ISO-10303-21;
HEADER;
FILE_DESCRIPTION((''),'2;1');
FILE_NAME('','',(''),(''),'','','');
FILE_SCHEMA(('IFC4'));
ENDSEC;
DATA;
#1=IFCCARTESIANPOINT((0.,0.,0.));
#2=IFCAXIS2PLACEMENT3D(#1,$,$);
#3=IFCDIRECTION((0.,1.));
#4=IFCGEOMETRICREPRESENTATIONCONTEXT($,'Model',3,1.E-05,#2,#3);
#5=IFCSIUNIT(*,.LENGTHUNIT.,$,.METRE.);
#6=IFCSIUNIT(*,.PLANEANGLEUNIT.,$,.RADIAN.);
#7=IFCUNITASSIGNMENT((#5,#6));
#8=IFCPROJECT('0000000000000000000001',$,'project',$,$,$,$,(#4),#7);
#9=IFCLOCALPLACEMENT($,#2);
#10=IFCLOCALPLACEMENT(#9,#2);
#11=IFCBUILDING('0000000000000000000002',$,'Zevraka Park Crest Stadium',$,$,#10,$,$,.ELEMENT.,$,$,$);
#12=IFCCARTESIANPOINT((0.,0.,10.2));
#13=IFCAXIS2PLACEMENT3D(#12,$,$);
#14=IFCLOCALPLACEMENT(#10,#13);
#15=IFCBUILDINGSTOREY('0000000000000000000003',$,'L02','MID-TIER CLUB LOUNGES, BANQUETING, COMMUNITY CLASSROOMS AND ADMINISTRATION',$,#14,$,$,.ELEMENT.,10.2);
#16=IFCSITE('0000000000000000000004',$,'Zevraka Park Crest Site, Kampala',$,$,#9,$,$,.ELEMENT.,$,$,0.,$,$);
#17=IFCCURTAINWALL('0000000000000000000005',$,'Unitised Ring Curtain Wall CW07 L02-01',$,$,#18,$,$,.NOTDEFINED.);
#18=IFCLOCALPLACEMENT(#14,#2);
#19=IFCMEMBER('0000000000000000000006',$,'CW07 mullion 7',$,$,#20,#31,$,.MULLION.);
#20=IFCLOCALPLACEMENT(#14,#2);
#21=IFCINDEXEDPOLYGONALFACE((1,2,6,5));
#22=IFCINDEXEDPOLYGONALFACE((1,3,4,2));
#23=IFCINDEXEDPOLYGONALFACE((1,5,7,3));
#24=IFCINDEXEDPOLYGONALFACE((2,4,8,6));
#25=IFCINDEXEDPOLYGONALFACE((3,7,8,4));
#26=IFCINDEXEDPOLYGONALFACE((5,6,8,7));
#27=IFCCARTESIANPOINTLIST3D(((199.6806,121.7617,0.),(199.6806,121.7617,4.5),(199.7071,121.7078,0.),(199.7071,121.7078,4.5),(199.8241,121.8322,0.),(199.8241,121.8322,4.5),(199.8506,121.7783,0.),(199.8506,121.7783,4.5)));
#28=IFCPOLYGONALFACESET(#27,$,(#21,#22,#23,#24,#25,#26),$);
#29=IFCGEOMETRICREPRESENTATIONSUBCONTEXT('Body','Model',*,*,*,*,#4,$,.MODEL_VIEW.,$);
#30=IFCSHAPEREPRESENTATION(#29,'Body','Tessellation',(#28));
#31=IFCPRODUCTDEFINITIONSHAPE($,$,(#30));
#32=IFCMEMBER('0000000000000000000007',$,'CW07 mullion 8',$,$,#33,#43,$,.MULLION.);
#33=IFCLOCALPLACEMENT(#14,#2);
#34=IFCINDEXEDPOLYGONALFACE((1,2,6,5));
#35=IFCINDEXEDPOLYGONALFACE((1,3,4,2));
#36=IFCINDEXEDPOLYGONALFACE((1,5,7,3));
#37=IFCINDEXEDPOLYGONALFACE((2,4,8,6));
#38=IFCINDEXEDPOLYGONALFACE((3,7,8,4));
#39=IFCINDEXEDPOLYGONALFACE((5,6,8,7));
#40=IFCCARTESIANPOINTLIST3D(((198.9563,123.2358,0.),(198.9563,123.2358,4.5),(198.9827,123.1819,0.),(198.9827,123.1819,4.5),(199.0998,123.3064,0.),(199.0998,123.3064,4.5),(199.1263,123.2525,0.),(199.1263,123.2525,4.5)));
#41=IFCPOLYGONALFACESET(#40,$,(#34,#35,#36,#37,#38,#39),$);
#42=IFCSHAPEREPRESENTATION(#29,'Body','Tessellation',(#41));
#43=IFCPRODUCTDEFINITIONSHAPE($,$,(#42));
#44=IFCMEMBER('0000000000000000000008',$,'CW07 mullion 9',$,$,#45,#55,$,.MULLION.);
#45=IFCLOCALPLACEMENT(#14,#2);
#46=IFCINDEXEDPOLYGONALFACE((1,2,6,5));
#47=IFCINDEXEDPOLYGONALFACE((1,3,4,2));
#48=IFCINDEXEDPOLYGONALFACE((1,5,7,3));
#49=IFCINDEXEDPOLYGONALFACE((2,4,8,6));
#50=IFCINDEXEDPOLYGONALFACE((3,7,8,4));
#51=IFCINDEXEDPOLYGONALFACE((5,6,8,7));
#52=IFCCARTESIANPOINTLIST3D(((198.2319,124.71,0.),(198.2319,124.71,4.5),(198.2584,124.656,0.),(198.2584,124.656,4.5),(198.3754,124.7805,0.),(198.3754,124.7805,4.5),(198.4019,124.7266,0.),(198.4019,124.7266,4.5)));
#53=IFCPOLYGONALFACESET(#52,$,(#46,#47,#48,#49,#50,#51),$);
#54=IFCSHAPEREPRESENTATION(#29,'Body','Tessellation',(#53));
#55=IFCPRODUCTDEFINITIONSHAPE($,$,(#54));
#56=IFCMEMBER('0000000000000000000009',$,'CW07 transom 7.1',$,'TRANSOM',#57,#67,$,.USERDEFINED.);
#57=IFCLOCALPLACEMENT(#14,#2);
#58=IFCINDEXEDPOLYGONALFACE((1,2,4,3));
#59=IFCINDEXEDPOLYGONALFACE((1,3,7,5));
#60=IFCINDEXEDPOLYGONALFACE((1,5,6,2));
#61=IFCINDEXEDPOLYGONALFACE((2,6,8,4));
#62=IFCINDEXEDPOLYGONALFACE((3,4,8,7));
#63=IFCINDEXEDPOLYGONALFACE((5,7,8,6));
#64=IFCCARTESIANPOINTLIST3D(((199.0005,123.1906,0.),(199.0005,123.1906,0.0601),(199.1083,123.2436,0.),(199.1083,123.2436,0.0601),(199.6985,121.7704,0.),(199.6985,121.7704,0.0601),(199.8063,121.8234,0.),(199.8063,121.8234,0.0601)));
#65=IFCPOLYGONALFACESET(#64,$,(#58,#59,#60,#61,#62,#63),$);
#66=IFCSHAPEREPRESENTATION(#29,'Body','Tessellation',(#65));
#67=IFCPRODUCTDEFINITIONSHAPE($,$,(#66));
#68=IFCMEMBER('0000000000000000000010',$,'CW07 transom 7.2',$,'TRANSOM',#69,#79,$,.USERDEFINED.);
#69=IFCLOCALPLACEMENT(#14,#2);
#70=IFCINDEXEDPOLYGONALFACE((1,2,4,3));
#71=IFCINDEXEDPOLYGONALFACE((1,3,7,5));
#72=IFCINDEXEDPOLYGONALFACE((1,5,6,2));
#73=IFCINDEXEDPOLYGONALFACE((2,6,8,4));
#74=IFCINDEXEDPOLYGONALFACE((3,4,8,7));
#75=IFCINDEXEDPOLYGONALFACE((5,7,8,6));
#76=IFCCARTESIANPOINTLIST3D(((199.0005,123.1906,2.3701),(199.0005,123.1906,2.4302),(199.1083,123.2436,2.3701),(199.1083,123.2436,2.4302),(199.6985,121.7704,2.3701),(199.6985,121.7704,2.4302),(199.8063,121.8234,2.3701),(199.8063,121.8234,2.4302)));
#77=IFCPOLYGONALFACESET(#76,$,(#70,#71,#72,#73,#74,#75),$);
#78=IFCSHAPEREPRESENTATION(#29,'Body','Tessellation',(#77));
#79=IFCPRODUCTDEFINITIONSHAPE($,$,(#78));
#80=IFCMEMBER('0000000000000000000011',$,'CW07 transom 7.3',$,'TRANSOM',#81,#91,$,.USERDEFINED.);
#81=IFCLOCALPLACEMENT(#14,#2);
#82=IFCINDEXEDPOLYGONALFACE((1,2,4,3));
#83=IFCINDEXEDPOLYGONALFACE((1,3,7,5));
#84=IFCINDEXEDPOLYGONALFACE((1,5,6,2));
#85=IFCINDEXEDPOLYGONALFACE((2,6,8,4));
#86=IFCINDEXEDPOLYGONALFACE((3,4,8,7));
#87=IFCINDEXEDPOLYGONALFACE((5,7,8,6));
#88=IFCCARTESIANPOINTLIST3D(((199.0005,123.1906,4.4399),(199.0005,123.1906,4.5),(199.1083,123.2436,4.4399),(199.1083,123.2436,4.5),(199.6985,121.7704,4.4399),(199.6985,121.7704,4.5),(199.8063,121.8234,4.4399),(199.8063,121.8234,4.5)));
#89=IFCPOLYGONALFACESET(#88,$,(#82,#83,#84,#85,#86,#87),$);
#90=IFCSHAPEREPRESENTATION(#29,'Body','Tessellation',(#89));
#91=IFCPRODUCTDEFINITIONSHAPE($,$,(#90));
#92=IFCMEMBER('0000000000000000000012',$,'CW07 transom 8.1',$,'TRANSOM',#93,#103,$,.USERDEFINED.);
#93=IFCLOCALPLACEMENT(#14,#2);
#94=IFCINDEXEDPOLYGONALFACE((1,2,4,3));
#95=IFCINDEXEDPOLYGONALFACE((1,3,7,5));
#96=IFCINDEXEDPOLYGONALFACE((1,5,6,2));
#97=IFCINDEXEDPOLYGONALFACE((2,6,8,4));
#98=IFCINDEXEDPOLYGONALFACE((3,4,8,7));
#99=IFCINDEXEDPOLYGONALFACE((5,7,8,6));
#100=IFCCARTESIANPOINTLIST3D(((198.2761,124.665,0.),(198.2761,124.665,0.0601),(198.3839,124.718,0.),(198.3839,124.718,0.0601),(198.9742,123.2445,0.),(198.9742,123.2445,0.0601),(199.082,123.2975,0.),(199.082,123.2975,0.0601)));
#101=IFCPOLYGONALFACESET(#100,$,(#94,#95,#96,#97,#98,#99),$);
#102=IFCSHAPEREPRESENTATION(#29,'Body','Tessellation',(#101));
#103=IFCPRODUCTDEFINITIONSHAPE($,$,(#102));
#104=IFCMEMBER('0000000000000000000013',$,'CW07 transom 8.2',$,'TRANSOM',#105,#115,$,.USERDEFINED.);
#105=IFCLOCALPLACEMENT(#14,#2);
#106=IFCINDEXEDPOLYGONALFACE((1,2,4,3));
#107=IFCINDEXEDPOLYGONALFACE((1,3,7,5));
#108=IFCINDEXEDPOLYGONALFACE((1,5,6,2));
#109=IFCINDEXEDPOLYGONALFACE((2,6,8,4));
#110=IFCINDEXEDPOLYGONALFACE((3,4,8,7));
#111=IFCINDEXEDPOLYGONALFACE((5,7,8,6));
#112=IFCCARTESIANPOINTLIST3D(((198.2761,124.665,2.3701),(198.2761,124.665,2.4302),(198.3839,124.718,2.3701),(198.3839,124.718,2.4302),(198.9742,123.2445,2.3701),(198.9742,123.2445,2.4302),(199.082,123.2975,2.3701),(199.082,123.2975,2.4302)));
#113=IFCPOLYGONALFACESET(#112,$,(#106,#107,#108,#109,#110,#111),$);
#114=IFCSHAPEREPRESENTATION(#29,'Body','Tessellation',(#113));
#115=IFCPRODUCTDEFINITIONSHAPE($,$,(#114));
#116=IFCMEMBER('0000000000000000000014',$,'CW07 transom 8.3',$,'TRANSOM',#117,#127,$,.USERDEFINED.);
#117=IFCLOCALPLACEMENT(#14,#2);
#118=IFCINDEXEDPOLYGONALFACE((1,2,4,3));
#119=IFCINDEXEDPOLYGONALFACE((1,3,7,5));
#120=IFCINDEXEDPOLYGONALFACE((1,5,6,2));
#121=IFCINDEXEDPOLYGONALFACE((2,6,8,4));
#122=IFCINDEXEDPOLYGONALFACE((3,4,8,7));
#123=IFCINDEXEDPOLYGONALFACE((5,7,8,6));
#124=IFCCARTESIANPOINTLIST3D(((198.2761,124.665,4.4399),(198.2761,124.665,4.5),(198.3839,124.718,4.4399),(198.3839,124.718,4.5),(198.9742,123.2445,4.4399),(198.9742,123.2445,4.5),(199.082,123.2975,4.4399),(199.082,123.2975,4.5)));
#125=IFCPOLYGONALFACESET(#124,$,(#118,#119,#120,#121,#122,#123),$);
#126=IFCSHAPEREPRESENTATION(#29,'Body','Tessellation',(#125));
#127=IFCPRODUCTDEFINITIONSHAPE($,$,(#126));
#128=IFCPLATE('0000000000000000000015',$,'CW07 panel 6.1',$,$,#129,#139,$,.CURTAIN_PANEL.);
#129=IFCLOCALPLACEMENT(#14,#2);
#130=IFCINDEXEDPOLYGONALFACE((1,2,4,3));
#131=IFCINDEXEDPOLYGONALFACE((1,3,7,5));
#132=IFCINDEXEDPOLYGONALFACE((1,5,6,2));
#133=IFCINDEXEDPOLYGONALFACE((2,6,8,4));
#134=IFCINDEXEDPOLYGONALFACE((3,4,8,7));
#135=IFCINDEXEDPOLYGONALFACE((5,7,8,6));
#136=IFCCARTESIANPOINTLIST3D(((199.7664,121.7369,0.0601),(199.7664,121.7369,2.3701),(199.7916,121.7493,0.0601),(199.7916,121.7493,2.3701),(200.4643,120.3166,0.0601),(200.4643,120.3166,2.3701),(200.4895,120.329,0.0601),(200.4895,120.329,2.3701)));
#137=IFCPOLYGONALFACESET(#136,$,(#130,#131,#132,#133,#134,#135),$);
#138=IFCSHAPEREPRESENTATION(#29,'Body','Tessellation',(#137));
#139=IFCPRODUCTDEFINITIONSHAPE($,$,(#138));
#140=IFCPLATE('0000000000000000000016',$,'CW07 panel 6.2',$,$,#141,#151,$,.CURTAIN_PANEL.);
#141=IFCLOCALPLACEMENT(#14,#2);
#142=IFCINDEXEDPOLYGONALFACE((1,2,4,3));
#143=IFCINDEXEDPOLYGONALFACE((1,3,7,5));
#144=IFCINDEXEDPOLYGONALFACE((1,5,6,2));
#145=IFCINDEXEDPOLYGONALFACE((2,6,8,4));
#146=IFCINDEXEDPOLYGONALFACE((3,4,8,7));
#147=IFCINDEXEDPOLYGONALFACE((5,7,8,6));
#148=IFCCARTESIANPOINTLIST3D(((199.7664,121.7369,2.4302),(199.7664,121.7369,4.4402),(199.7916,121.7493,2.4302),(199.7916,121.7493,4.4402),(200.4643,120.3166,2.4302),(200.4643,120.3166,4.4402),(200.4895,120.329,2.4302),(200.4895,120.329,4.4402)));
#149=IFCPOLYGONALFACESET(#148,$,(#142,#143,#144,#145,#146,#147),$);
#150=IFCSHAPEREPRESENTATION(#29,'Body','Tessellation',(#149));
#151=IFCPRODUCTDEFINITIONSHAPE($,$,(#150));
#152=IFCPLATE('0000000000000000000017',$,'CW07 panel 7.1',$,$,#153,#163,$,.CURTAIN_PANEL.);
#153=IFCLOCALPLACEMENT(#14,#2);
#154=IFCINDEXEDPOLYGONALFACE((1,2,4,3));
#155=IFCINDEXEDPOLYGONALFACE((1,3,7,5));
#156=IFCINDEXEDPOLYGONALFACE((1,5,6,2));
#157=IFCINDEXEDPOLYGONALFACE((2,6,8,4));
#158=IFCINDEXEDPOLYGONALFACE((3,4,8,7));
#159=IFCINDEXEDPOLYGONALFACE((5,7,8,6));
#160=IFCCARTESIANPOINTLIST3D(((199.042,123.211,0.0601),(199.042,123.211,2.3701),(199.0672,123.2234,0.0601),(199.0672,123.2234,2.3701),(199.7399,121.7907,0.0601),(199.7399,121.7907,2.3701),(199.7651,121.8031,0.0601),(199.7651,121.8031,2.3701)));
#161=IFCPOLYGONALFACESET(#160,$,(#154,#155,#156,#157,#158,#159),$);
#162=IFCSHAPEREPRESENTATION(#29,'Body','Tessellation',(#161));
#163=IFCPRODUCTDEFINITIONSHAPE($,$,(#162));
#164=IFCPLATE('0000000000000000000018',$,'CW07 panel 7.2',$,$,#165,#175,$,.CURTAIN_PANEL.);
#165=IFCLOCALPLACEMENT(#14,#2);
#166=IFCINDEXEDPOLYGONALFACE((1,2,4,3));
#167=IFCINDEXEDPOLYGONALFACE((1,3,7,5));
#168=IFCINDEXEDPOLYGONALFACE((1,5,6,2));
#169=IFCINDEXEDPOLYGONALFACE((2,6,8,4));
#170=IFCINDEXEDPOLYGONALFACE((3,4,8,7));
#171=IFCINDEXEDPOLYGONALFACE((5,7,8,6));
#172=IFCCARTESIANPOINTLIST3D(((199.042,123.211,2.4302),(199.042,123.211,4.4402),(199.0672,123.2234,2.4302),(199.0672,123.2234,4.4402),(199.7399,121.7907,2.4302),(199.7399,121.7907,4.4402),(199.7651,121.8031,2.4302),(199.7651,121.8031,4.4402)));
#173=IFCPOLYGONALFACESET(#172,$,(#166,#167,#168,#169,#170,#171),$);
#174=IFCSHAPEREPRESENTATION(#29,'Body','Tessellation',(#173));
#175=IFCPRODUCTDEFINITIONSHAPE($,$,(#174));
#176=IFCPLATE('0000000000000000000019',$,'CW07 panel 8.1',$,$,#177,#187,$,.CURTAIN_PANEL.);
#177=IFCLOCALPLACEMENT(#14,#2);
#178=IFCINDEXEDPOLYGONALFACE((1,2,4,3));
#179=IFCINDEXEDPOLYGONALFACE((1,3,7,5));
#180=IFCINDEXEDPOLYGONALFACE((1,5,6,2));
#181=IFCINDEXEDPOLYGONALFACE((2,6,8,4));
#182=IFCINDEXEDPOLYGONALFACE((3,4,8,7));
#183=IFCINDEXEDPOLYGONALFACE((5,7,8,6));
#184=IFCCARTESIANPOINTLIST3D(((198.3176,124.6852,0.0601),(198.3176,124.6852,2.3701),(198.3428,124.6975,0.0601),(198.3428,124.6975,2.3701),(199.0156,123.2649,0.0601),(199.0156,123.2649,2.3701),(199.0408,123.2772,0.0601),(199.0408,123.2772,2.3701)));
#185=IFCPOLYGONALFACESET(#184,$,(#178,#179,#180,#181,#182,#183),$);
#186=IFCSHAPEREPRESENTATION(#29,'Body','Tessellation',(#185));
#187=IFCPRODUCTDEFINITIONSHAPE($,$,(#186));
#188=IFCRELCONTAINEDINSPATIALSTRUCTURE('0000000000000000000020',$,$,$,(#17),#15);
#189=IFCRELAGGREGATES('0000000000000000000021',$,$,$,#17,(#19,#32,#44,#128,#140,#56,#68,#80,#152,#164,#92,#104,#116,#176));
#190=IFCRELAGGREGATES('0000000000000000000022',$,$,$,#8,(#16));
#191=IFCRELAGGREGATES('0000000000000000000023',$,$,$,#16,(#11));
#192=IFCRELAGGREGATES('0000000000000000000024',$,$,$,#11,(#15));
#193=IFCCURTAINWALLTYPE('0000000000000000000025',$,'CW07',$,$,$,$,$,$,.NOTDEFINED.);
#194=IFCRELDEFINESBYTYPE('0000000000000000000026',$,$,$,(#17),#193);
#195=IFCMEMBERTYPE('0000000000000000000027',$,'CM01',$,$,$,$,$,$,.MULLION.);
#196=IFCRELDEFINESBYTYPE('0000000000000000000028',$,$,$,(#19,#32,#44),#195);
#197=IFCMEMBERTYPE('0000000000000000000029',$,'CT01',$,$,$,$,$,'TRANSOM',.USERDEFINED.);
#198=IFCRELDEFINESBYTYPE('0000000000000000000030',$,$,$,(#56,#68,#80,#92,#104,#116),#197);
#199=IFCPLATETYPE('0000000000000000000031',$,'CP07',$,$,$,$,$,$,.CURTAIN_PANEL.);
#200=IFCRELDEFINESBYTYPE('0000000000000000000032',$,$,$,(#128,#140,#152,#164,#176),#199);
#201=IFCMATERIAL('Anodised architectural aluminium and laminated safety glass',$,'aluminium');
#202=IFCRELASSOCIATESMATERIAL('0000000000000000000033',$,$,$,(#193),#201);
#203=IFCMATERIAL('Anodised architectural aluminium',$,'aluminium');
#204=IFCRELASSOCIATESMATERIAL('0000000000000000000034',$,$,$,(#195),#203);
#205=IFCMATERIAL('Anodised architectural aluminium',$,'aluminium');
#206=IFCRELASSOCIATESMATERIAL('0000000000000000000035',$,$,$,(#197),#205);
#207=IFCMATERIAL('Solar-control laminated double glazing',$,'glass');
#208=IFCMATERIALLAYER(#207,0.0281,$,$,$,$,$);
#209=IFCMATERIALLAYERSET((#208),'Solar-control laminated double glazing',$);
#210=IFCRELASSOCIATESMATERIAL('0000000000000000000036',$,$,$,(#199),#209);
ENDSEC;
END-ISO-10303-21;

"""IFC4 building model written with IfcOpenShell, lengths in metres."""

from ifc_helpers import new_model, si_unit, direction, frame, origin, origin_2d, place, context, subcontext, project, spatial, rectangle, extrude, material, layer, layer_set, material_profile, profile_set, type_object, element, aggregate, save


model = new_model("IFC4")

# Units and contexts
model_context = context("Model", 3, precision=1e-05, world=origin(), true_north=direction((0.0, 1.0)))
body_context = subcontext(model_context, "Body", "Model", "MODEL_VIEW")
ifc_project = project(units=[si_unit("LENGTHUNIT", "METRE"), si_unit("PLANEANGLEUNIT", "RADIAN")], contexts=[model_context])

# Site, building, storey
site_placement = place(None, origin())
site = spatial("IfcSite", under=ifc_project, at=site_placement, Name="Zevraka Park Crest Site, Kampala", CompositionType="ELEMENT", RefElevation=0.0)
building_placement = place(site_placement, origin())
building = spatial("IfcBuilding", under=site, at=building_placement, Name="Zevraka Park Crest Stadium", CompositionType="ELEMENT")
storey_placement = place(building_placement, frame((0.0, 0.0, 10.2)))
storey = spatial("IfcBuildingStorey", under=building, at=storey_placement, Name="L02", Description="MID-TIER CLUB LOUNGES, BANQUETING, COMMUNITY CLASSROOMS AND ADMINISTRATION", CompositionType="ELEMENT", Elevation=10.2)

# Curtain wall, members, plates
ifc_material_1 = material(Name="Anodised architectural aluminium and laminated safety glass", Category="aluminium")
curtain_wall_type = type_object("IfcCurtainWallType", Name="CW07", PredefinedType="NOTDEFINED", material=ifc_material_1)
curtain_wall_placement = place(storey_placement, origin())
curtain_wall = element("IfcCurtainWall", 1, at=curtain_wall_placement, inside=storey, type_object=curtain_wall_type, Name="Unitised Ring Curtain Wall CW07 L02-01", PredefinedType="NOTDEFINED")
ifc_material_2 = material(Name="Anodised architectural aluminium", Category="aluminium")
ifc_material_profile_1 = material_profile(ifc_material_2, rectangle(XDim=0.1599, YDim=0.0601, at=origin_2d()), Name="ALU MULLION 160x60")
ifc_profile_set_1 = profile_set([ifc_material_profile_1], Name="Anodised architectural aluminium")
member_type_1 = type_object("IfcMemberType", Name="CM01", PredefinedType="MULLION", material=ifc_profile_set_1)
member_1_placement = place(storey_placement, frame((199.7656, 121.77, 0.0), z_axis=(0.0, 0.0, 1.0), x_axis=(-0.897497, -0.441021, 0.0)))
member_1 = element("IfcMember", 2, at=member_1_placement, type_object=member_type_1, Name="CW07 mullion 7", PredefinedType="MULLION", context=body_context, shape_type="SweptSolid", body=[
    extrude(rectangle(XDim=0.1599, YDim=0.0601, at=origin_2d()), origin(), (0.0, 0.0, 1.0), 4.5),
])
member_2_placement = place(storey_placement, frame((199.0413, 123.2441, 0.0), z_axis=(0.0, 0.0, 1.0), x_axis=(-0.897497, -0.441021, 0.0)))
member_2 = element("IfcMember", 3, at=member_2_placement, type_object=member_type_1, Name="CW07 mullion 8", PredefinedType="MULLION", context=body_context, shape_type="SweptSolid", body=[
    extrude(rectangle(XDim=0.1599, YDim=0.0601, at=origin_2d()), origin(), (0.0, 0.0, 1.0), 4.5),
])
member_3_placement = place(storey_placement, frame((198.3169, 124.7183, 0.0), z_axis=(0.0, 0.0, 1.0), x_axis=(-0.897497, -0.441021, 0.0)))
member_3 = element("IfcMember", 4, at=member_3_placement, type_object=member_type_1, Name="CW07 mullion 9", PredefinedType="MULLION", context=body_context, shape_type="SweptSolid", body=[
    extrude(rectangle(XDim=0.1599, YDim=0.0601, at=origin_2d()), origin(), (0.0, 0.0, 1.0), 4.5),
])
ifc_material_3 = material(Name="Anodised architectural aluminium", Category="aluminium")
ifc_material_profile_2 = material_profile(ifc_material_3, rectangle(XDim=0.1201, YDim=0.0601, at=origin_2d()), Name="ALU TRANSOM 120x60")
ifc_profile_set_2 = profile_set([ifc_material_profile_2], Name="Anodised architectural aluminium")
member_type_2 = type_object("IfcMemberType", Name="CT01", ElementType="TRANSOM", PredefinedType="USERDEFINED", material=ifc_profile_set_2)
member_4_placement = place(storey_placement, frame((199.7524, 121.7969, 0.03), z_axis=(-0.441094, 0.897461, 0.0), x_axis=(-0.897461, -0.441094, 0.0)))
member_4 = element("IfcMember", 5, at=member_4_placement, type_object=member_type_2, Name="CW07 transom 7.1", ObjectType="TRANSOM", PredefinedType="USERDEFINED", context=body_context, shape_type="SweptSolid", body=[
    extrude(rectangle(XDim=0.1201, YDim=0.0601, at=origin_2d()), origin(), (0.0, 0.0, 1.0), 1.5825),
])
member_5_placement = place(storey_placement, frame((199.7524, 121.7969, 2.4001), z_axis=(-0.441094, 0.897461, 0.0), x_axis=(-0.897461, -0.441094, 0.0)))
member_5 = element("IfcMember", 6, at=member_5_placement, type_object=member_type_2, Name="CW07 transom 7.2", ObjectType="TRANSOM", PredefinedType="USERDEFINED", context=body_context, shape_type="SweptSolid", body=[
    extrude(rectangle(XDim=0.1201, YDim=0.0601, at=origin_2d()), origin(), (0.0, 0.0, 1.0), 1.5825),
])
member_6_placement = place(storey_placement, frame((199.7524, 121.7969, 4.47), z_axis=(-0.441094, 0.897461, 0.0), x_axis=(-0.897461, -0.441094, 0.0)))
member_6 = element("IfcMember", 7, at=member_6_placement, type_object=member_type_2, Name="CW07 transom 7.3", ObjectType="TRANSOM", PredefinedType="USERDEFINED", context=body_context, shape_type="SweptSolid", body=[
    extrude(rectangle(XDim=0.1201, YDim=0.0601, at=origin_2d()), origin(), (0.0, 0.0, 1.0), 1.5825),
])
member_7_placement = place(storey_placement, frame((199.0281, 123.271, 0.03), z_axis=(-0.441033, 0.897491, 0.0), x_axis=(-0.897491, -0.441033, 0.0)))
member_7 = element("IfcMember", 8, at=member_7_placement, type_object=member_type_2, Name="CW07 transom 8.1", ObjectType="TRANSOM", PredefinedType="USERDEFINED", context=body_context, shape_type="SweptSolid", body=[
    extrude(rectangle(XDim=0.1201, YDim=0.0601, at=origin_2d()), origin(), (0.0, 0.0, 1.0), 1.5828),
])
member_8_placement = place(storey_placement, frame((199.0281, 123.271, 2.4001), z_axis=(-0.441033, 0.897491, 0.0), x_axis=(-0.897491, -0.441033, 0.0)))
member_8 = element("IfcMember", 9, at=member_8_placement, type_object=member_type_2, Name="CW07 transom 8.2", ObjectType="TRANSOM", PredefinedType="USERDEFINED", context=body_context, shape_type="SweptSolid", body=[
    extrude(rectangle(XDim=0.1201, YDim=0.0601, at=origin_2d()), origin(), (0.0, 0.0, 1.0), 1.5828),
])
member_9_placement = place(storey_placement, frame((199.0281, 123.271, 4.47), z_axis=(-0.441033, 0.897491, 0.0), x_axis=(-0.897491, -0.441033, 0.0)))
member_9 = element("IfcMember", 10, at=member_9_placement, type_object=member_type_2, Name="CW07 transom 8.3", ObjectType="TRANSOM", PredefinedType="USERDEFINED", context=body_context, shape_type="SweptSolid", body=[
    extrude(rectangle(XDim=0.1201, YDim=0.0601, at=origin_2d()), origin(), (0.0, 0.0, 1.0), 1.5828),
])
ifc_material_4 = material(Name="Solar-control laminated double glazing", Category="glass")
ifc_layer_1 = layer(ifc_material_4, 0.0281)
ifc_layer_set_1 = layer_set([ifc_layer_1], Name="Solar-control laminated double glazing")
plate_type = type_object("IfcPlateType", Name="CP07", PredefinedType="CURTAIN_PANEL", material=ifc_layer_set_1)
plate_1_placement = place(storey_placement, frame((200.1279, 121.033, 0.0601), z_axis=(0.0, 0.0, 1.0), x_axis=(-0.441021, 0.897497, 0.0)))
plate_1 = element("IfcPlate", 11, at=plate_1_placement, type_object=plate_type, Name="CW07 panel 6.1", PredefinedType="CURTAIN_PANEL", context=body_context, shape_type="SweptSolid", body=[
    extrude(rectangle(XDim=1.5825, YDim=0.0281, at=origin_2d()), origin(), (0.0, 0.0, 1.0), 2.3101),
])
plate_2_placement = place(storey_placement, frame((200.1279, 121.033, 2.4302), z_axis=(0.0, 0.0, 1.0), x_axis=(-0.441021, 0.897497, 0.0)))
plate_2 = element("IfcPlate", 12, at=plate_2_placement, type_object=plate_type, Name="CW07 panel 6.2", PredefinedType="CURTAIN_PANEL", context=body_context, shape_type="SweptSolid", body=[
    extrude(rectangle(XDim=1.5825, YDim=0.0281, at=origin_2d()), origin(), (0.0, 0.0, 1.0), 2.01),
])
plate_3_placement = place(storey_placement, frame((199.4036, 122.5071, 0.0601), z_axis=(0.0, 0.0, 1.0), x_axis=(-0.441021, 0.897497, 0.0)))
plate_3 = element("IfcPlate", 13, at=plate_3_placement, type_object=plate_type, Name="CW07 panel 7.1", PredefinedType="CURTAIN_PANEL", context=body_context, shape_type="SweptSolid", body=[
    extrude(rectangle(XDim=1.5825, YDim=0.0281, at=origin_2d()), origin(), (0.0, 0.0, 1.0), 2.3101),
])
plate_4_placement = place(storey_placement, frame((199.4036, 122.5071, 2.4302), z_axis=(0.0, 0.0, 1.0), x_axis=(-0.441021, 0.897497, 0.0)))
plate_4 = element("IfcPlate", 14, at=plate_4_placement, type_object=plate_type, Name="CW07 panel 7.2", PredefinedType="CURTAIN_PANEL", context=body_context, shape_type="SweptSolid", body=[
    extrude(rectangle(XDim=1.5825, YDim=0.0281, at=origin_2d()), origin(), (0.0, 0.0, 1.0), 2.01),
])
plate_5_placement = place(storey_placement, frame((198.6792, 123.9812, 0.0601), z_axis=(0.0, 0.0, 1.0), x_axis=(-0.441021, 0.897497, 0.0)))
plate_5 = element("IfcPlate", 15, at=plate_5_placement, type_object=plate_type, Name="CW07 panel 8.1", PredefinedType="CURTAIN_PANEL", context=body_context, shape_type="SweptSolid", body=[
    extrude(rectangle(XDim=1.5825, YDim=0.0281, at=origin_2d()), origin(), (0.0, 0.0, 1.0), 2.3101),
])
aggregate(curtain_wall, [member_1, member_2, member_3, plate_1, plate_2, member_4, member_5, member_6, plate_3, plate_4, member_7, member_8, member_9, plate_5])

save(model, "model.ifc")
